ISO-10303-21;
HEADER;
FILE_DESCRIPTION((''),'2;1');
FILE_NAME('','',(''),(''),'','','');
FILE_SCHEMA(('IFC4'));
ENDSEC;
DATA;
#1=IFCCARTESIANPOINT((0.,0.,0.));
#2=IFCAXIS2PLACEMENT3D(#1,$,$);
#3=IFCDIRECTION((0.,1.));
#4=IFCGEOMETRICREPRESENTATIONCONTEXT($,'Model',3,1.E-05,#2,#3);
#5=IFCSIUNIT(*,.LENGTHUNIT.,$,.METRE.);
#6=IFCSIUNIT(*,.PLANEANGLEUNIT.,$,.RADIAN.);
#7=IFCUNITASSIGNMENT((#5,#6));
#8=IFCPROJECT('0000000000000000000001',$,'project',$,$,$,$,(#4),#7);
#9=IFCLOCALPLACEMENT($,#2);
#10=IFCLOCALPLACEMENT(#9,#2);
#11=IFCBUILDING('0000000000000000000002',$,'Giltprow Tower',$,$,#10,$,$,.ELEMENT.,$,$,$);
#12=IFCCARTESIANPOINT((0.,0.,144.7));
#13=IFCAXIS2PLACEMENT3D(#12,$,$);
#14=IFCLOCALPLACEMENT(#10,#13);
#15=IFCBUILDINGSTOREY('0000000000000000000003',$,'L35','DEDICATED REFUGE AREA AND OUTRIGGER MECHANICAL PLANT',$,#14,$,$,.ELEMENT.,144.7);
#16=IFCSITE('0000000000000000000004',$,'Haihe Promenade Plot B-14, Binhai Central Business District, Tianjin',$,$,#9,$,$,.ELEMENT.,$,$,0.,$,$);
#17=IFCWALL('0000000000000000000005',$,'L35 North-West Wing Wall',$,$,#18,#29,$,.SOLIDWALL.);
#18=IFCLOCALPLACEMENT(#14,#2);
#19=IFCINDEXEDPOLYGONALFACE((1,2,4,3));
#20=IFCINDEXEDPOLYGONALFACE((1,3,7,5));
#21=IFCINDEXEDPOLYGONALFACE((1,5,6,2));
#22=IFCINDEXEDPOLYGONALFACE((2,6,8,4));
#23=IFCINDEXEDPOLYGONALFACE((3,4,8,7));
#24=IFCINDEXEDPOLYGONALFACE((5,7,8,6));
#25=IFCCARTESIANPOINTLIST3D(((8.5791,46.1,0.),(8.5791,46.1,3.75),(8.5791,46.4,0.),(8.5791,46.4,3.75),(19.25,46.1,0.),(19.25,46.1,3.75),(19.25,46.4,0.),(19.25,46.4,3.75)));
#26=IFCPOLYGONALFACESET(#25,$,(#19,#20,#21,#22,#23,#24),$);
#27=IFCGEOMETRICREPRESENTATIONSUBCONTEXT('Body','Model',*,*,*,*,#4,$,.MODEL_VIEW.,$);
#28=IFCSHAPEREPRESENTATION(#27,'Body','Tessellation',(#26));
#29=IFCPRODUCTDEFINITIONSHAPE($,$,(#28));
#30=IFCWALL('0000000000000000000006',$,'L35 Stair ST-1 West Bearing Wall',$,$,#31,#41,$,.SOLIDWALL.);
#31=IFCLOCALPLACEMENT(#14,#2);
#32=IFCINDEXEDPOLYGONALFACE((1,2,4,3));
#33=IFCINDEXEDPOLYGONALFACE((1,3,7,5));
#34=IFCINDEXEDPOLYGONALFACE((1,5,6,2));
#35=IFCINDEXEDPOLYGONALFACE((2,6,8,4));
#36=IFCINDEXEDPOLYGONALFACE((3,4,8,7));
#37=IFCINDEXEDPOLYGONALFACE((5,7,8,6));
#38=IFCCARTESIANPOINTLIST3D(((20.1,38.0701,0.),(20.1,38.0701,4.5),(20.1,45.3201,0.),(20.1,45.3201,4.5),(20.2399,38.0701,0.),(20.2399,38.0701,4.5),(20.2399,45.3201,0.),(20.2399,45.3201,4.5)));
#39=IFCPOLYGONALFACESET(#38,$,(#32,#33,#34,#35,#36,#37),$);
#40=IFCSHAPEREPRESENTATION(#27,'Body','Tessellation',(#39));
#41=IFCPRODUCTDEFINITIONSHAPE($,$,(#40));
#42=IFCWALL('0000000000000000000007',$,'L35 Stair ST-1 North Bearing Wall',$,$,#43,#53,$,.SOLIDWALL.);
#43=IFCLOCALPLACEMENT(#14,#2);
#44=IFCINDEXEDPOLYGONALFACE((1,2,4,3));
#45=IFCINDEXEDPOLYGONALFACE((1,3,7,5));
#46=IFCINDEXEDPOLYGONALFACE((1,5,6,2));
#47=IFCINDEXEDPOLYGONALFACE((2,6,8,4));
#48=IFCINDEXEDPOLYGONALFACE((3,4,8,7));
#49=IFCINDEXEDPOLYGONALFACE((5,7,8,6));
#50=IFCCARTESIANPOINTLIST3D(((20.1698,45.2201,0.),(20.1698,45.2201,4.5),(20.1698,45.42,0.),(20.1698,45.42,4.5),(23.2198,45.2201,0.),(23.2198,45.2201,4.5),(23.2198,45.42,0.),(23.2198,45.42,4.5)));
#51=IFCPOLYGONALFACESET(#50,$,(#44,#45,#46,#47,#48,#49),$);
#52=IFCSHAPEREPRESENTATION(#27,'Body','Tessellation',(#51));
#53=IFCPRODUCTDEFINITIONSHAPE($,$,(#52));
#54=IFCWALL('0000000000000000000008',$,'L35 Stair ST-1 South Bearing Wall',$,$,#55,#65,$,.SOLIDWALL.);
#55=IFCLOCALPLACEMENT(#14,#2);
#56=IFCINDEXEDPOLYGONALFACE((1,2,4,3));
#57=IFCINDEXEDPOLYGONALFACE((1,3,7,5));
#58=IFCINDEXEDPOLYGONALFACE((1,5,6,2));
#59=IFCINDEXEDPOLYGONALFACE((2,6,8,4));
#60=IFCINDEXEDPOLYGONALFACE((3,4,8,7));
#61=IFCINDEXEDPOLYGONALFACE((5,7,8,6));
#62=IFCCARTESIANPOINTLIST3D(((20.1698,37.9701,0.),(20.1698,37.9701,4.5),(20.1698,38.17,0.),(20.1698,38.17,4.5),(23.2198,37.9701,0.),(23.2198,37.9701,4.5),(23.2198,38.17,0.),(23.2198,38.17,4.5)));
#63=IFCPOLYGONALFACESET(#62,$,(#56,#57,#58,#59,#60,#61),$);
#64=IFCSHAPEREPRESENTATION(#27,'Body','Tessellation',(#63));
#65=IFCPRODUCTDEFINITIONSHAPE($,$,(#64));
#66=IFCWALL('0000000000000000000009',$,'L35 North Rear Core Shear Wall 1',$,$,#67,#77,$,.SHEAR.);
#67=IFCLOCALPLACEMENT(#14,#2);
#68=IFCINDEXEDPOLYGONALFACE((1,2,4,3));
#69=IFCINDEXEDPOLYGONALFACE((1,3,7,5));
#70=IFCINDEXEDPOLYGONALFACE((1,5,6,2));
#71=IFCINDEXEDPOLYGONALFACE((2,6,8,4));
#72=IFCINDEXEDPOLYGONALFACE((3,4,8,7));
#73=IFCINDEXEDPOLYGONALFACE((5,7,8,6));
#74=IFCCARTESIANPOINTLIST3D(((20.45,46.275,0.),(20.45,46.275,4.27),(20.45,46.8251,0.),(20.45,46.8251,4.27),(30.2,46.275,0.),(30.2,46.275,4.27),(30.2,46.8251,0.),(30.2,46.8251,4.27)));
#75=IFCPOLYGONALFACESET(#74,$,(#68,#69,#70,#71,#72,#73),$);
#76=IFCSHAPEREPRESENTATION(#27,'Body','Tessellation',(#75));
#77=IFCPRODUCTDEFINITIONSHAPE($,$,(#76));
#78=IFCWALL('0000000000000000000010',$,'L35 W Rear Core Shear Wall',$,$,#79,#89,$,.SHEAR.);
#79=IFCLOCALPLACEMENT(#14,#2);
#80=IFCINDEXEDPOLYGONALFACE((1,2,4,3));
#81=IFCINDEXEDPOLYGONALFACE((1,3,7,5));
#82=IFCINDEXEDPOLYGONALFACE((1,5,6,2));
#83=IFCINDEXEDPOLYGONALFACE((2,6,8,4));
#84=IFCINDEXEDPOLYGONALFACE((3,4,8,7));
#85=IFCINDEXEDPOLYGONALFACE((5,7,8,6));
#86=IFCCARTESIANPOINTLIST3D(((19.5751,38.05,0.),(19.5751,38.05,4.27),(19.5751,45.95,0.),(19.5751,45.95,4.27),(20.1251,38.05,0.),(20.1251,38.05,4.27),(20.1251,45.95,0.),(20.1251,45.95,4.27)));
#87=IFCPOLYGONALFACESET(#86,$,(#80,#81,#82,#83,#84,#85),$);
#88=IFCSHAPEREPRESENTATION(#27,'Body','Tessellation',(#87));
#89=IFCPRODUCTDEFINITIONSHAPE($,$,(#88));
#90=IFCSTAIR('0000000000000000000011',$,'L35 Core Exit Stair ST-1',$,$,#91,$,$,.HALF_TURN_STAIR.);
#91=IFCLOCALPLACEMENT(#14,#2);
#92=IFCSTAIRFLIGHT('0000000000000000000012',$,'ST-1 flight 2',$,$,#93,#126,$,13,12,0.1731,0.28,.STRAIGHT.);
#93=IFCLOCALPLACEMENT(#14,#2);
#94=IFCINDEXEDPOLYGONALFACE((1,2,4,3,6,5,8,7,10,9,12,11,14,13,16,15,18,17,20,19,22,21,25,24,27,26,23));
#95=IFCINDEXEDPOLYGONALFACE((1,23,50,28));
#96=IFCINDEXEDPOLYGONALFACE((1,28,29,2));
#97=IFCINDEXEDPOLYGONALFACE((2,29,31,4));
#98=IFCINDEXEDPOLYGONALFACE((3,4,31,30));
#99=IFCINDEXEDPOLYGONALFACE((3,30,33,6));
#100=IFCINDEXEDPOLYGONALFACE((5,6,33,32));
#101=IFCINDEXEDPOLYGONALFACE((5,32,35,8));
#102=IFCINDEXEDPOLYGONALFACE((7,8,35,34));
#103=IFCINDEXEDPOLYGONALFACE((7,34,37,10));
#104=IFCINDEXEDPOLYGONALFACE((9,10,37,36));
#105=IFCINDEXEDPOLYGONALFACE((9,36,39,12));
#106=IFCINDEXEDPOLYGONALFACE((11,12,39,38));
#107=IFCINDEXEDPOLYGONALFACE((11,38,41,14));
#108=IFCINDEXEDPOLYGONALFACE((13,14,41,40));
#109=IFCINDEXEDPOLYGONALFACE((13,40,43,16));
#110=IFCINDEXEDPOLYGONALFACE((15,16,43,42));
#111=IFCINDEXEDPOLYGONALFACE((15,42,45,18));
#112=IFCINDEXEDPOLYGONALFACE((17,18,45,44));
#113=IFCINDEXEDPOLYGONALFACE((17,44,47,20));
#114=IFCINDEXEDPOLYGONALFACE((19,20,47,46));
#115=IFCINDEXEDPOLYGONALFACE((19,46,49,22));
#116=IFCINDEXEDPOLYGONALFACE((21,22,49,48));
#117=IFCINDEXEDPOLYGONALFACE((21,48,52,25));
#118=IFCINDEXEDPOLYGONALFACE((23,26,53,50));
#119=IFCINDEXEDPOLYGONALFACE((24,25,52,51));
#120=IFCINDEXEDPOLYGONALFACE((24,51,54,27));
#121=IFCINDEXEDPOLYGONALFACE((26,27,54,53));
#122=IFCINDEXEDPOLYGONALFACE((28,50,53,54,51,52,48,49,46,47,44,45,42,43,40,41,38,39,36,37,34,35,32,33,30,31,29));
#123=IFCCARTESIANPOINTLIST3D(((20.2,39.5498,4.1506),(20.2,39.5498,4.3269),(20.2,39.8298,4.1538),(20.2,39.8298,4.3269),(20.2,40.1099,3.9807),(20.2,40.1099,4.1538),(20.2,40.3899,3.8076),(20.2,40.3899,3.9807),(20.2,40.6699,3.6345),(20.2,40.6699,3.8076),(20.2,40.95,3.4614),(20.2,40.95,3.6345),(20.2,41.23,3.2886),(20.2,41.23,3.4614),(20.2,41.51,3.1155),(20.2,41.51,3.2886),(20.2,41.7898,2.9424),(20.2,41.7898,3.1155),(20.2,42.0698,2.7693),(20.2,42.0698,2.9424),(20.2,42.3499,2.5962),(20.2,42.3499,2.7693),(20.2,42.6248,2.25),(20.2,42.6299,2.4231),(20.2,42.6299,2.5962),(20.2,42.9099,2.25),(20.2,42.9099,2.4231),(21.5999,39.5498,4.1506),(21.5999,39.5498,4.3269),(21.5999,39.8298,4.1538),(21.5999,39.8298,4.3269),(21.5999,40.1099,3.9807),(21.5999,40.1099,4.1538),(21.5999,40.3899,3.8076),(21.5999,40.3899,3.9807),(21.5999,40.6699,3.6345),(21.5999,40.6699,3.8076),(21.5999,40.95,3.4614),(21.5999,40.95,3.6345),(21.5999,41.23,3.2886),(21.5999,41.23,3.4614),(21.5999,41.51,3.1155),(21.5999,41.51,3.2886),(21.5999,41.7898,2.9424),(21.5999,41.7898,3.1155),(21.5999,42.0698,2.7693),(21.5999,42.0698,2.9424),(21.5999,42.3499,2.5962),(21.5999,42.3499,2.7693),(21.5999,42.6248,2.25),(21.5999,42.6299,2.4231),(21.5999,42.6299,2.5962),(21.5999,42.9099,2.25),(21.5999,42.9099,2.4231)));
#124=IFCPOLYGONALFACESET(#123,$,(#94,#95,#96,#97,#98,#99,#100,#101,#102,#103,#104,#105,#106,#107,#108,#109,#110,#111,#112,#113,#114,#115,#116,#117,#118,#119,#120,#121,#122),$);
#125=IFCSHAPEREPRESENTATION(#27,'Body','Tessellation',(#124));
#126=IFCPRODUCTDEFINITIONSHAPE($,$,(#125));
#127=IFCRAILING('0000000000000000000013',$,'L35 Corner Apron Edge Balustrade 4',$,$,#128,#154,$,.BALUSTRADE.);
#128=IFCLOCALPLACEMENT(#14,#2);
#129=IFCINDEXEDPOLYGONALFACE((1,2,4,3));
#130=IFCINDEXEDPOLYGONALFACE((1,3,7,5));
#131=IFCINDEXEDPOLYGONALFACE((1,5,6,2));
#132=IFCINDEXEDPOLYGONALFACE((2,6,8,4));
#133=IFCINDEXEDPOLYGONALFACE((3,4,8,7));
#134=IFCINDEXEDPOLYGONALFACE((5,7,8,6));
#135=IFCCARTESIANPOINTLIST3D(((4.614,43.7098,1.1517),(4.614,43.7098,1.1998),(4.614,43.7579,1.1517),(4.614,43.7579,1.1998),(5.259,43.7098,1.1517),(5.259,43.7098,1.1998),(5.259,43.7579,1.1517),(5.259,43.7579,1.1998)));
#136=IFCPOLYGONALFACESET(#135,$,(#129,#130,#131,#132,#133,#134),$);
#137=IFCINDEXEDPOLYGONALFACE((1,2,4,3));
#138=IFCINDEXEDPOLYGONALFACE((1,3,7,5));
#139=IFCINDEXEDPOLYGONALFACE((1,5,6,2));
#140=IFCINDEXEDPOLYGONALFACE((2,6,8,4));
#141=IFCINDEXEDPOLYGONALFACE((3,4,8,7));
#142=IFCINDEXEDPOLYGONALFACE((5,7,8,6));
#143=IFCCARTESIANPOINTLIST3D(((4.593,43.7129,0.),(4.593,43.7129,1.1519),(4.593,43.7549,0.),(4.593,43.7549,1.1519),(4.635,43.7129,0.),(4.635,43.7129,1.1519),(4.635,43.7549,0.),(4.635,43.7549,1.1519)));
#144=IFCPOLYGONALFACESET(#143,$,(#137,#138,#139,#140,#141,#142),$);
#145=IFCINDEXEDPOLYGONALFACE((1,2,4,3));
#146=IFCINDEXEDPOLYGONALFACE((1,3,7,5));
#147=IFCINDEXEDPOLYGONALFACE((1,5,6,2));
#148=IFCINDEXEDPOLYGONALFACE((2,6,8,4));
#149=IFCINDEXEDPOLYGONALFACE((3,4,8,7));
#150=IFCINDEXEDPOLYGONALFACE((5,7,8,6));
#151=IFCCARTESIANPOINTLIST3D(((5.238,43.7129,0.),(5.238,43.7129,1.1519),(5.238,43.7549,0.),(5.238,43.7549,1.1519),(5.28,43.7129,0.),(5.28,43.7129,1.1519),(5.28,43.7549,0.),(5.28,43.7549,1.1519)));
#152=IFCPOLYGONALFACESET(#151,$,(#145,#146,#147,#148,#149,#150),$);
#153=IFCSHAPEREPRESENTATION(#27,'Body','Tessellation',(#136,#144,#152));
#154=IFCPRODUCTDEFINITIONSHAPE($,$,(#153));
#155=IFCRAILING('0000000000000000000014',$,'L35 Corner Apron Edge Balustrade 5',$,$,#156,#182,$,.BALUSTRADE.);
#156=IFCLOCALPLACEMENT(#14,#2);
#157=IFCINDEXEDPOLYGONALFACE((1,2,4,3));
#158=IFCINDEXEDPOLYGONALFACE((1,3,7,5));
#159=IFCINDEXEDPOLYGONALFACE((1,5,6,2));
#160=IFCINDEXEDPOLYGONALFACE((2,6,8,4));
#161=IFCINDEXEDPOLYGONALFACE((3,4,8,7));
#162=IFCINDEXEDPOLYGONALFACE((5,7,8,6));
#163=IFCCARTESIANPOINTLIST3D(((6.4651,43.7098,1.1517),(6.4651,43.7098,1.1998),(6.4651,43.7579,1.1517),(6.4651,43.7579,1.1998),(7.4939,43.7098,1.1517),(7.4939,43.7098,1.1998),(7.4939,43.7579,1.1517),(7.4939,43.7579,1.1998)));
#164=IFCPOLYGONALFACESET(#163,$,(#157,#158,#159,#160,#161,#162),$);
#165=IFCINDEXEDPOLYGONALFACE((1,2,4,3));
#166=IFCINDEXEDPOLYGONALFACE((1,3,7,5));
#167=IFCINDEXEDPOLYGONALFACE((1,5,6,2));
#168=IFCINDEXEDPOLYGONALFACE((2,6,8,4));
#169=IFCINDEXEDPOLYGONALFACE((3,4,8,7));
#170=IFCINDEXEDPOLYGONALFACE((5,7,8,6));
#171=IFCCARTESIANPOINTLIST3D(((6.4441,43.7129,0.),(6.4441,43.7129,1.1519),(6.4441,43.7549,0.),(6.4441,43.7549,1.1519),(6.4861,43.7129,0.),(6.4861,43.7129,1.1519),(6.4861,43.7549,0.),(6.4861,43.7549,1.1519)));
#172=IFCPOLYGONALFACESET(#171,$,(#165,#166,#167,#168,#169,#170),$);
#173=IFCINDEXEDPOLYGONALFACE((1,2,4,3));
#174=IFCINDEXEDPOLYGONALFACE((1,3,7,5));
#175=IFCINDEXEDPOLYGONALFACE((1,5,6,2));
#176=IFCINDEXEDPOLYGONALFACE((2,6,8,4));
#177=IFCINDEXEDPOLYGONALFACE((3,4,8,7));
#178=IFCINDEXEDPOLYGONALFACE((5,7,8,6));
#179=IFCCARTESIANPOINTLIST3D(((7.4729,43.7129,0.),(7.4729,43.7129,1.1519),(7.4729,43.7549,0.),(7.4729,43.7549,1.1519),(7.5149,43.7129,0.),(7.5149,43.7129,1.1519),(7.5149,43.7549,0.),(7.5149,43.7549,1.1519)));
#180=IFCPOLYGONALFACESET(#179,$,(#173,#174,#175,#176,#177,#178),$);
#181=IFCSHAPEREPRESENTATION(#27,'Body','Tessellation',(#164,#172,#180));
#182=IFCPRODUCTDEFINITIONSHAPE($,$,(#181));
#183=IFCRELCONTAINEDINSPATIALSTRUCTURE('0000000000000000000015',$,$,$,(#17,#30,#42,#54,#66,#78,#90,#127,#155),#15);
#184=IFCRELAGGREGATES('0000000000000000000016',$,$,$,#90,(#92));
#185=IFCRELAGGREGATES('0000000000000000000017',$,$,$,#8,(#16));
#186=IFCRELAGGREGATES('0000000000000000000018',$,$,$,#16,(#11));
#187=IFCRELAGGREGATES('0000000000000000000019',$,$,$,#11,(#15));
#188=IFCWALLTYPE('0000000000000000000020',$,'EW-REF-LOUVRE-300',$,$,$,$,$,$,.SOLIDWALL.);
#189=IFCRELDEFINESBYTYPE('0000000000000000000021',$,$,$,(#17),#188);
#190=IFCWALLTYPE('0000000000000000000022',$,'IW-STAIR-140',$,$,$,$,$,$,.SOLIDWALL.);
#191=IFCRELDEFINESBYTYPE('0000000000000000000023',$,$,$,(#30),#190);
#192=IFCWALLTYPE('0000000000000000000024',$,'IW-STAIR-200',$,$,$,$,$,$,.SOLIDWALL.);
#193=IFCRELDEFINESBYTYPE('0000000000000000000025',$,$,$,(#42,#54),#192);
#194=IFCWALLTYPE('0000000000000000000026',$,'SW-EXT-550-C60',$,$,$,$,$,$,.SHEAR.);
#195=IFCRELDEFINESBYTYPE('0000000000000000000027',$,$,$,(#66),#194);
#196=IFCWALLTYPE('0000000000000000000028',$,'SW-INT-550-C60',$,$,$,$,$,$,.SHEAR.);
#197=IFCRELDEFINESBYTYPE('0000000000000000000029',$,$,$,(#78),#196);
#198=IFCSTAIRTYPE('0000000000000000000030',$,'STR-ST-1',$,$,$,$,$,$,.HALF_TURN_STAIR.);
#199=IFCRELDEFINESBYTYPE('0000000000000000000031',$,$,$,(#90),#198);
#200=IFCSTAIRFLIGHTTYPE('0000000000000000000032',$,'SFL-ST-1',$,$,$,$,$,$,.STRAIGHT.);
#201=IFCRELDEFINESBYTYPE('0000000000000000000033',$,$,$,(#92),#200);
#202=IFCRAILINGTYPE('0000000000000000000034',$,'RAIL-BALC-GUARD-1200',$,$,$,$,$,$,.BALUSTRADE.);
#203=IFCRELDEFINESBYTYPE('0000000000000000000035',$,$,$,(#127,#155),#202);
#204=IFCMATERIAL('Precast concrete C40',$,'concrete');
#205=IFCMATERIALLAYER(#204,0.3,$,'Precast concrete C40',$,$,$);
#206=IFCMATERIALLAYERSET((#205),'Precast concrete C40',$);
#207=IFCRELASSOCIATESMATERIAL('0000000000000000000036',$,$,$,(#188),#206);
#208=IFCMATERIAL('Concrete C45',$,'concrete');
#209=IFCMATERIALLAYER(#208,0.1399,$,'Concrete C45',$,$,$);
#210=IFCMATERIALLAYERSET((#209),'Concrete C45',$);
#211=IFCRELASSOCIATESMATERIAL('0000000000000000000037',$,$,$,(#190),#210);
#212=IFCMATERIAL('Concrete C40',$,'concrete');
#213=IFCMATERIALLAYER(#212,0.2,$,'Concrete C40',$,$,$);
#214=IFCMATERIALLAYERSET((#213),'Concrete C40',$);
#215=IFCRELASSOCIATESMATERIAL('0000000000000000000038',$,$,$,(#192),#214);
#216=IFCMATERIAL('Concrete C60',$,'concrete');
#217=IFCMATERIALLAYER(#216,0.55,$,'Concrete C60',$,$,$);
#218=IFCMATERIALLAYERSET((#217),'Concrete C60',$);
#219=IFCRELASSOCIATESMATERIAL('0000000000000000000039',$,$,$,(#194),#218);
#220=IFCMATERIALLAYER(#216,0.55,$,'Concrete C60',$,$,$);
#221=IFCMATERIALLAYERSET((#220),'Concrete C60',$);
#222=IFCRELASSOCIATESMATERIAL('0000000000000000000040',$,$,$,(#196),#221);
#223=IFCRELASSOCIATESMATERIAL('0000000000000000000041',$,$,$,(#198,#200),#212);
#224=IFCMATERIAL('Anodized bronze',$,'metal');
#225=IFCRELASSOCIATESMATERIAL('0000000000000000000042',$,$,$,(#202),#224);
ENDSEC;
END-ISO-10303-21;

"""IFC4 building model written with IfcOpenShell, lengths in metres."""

from ifc_helpers import new_model, si_unit, direction, frame, frame_2d, origin, origin_2d, place, context, subcontext, project, spatial, polyline, rectangle, outline, extrude, material, layer, layer_set, type_object, element, aggregate, save


model = new_model("IFC4")

# Units and contexts
model_context = context("Model", 3, precision=1e-05, world=origin(), true_north=direction((0.0, 1.0)))
body_context = subcontext(model_context, "Body", "Model", "MODEL_VIEW")
ifc_project = project(units=[si_unit("LENGTHUNIT", "METRE"), si_unit("PLANEANGLEUNIT", "RADIAN")], contexts=[model_context])

# Site, building, storey
site_placement = place(None, origin())
site = spatial("IfcSite", under=ifc_project, at=site_placement, Name="Haihe Promenade Plot B-14, Binhai Central Business District, Tianjin", CompositionType="ELEMENT", RefElevation=0.0)
building_placement = place(site_placement, origin())
building = spatial("IfcBuilding", under=site, at=building_placement, Name="Giltprow Tower", CompositionType="ELEMENT")
storey_placement = place(building_placement, frame((0.0, 0.0, 144.7)))
storey = spatial("IfcBuildingStorey", under=building, at=storey_placement, Name="L35", Description="DEDICATED REFUGE AREA AND OUTRIGGER MECHANICAL PLANT", CompositionType="ELEMENT", Elevation=144.7)

# Shared definitions
ifc_material_1 = material(Name="Concrete C60", Category="concrete")

# Walls
ifc_material_2 = material(Name="Precast concrete C40", Category="concrete")
ifc_layer_1 = layer(ifc_material_2, 0.3, Name="Precast concrete C40")
ifc_layer_set_1 = layer_set([ifc_layer_1], Name="Precast concrete C40")
wall_type_1 = type_object("IfcWallType", Name="EW-REF-LOUVRE-300", PredefinedType="SOLIDWALL", material=ifc_layer_set_1)
wall_1_placement = place(storey_placement, frame((8.5791, 46.25, 0.0), z_axis=(0.0, 0.0, 1.0), x_axis=(1.0, 0.0, 0.0)))
element("IfcWall", 1, at=wall_1_placement, inside=storey, type_object=wall_type_1, Name="L35 North-West Wing Wall", PredefinedType="SOLIDWALL", context=body_context, shape_type="SweptSolid", body=[
    extrude(rectangle(XDim=10.6709, YDim=0.3, at=frame_2d((5.3354, 0.0))), origin(), (0.0, 0.0, 1.0), 3.75),
])
ifc_material_3 = material(Name="Concrete C45", Category="concrete")
ifc_layer_2 = layer(ifc_material_3, 0.1399, Name="Concrete C45")
ifc_layer_set_2 = layer_set([ifc_layer_2], Name="Concrete C45")
wall_type_2 = type_object("IfcWallType", Name="IW-STAIR-140", PredefinedType="SOLIDWALL", material=ifc_layer_set_2)
wall_2_placement = place(storey_placement, frame((20.1699, 38.0701, 0.0), z_axis=(0.0, 0.0, 1.0), x_axis=(0.0, 1.0, 0.0)))
element("IfcWall", 2, at=wall_2_placement, inside=storey, type_object=wall_type_2, Name="L35 Stair ST-1 West Bearing Wall", PredefinedType="SOLIDWALL", context=body_context, shape_type="SweptSolid", body=[
    extrude(rectangle(XDim=7.25, YDim=0.1399, at=frame_2d((3.625, 0.0))), origin(), (0.0, 0.0, 1.0), 4.5),
])
ifc_material_4 = material(Name="Concrete C40", Category="concrete")
ifc_layer_3 = layer(ifc_material_4, 0.2, Name="Concrete C40")
ifc_layer_set_3 = layer_set([ifc_layer_3], Name="Concrete C40")
wall_type_3 = type_object("IfcWallType", Name="IW-STAIR-200", PredefinedType="SOLIDWALL", material=ifc_layer_set_3)
for number, where, z_axis, x_axis, name in (
    (3, (20.1699, 45.3201, 0.0), (0.0, 0.0, 1.0), (1.0, 0.0, 0.0), "L35 Stair ST-1 North Bearing Wall"),
    (4, (20.1699, 38.0701, 0.0), (0.0, 0.0, 1.0), (1.0, 0.0, 0.0), "L35 Stair ST-1 South Bearing Wall"),
):
    element("IfcWall", number, at=place(storey_placement, frame(where, z_axis=z_axis, x_axis=x_axis)), inside=storey, type_object=wall_type_3, Name=name, PredefinedType="SOLIDWALL", context=body_context, shape_type="SweptSolid", body=[
        extrude(rectangle(XDim=3.05, YDim=0.2, at=frame_2d((1.5249, 0.0))), origin(), (0.0, 0.0, 1.0), 4.5),
    ])
ifc_layer_4 = layer(ifc_material_1, 0.55, Name="Concrete C60")
ifc_layer_set_4 = layer_set([ifc_layer_4], Name="Concrete C60")
wall_type_4 = type_object("IfcWallType", Name="SW-EXT-550-C60", PredefinedType="SHEAR", material=ifc_layer_set_4)
wall_3_placement = place(storey_placement, frame((20.45, 46.55, 0.0), z_axis=(0.0, 0.0, 1.0), x_axis=(1.0, 0.0, 0.0)))
element("IfcWall", 5, at=wall_3_placement, inside=storey, type_object=wall_type_4, Name="L35 North Rear Core Shear Wall 1", PredefinedType="SHEAR", context=body_context, shape_type="SweptSolid", body=[
    extrude(rectangle(XDim=9.75, YDim=0.55, at=frame_2d((4.875, 0.0))), origin(), (0.0, 0.0, 1.0), 4.27),
])

# Shared definitions
ifc_layer_5 = layer(ifc_material_1, 0.55, Name="Concrete C60")
ifc_layer_set_5 = layer_set([ifc_layer_5], Name="Concrete C60")
wall_type_5 = type_object("IfcWallType", Name="SW-INT-550-C60", PredefinedType="SHEAR", material=ifc_layer_set_5)

# Wall
wall_4_placement = place(storey_placement, frame((19.8501, 38.05, 0.0), z_axis=(0.0, 0.0, 1.0), x_axis=(0.0, 1.0, 0.0)))
element("IfcWall", 6, at=wall_4_placement, inside=storey, type_object=wall_type_5, Name="L35 W Rear Core Shear Wall", PredefinedType="SHEAR", context=body_context, shape_type="SweptSolid", body=[
    extrude(rectangle(XDim=7.8999, YDim=0.55, at=frame_2d((3.95, 0.0))), origin(), (0.0, 0.0, 1.0), 4.27),
])

# Stair, stair flight
stair_type = type_object("IfcStairType", Name="STR-ST-1", PredefinedType="HALF_TURN_STAIR", material=ifc_material_4)
stair_placement = place(storey_placement, origin())
stair = element("IfcStair", 7, at=stair_placement, inside=storey, type_object=stair_type, Name="L35 Core Exit Stair ST-1", PredefinedType="HALF_TURN_STAIR")
stair_flight_type = type_object("IfcStairFlightType", Name="SFL-ST-1", PredefinedType="STRAIGHT", material=ifc_material_4)
stair_flight_placement = place(storey_placement, frame((20.8999, 42.9099, 2.25), z_axis=(0.0, 0.0, 1.0), x_axis=(0.0, -1.0, 0.0)))
stair_flight = element("IfcStairFlight", 8, at=stair_flight_placement, type_object=stair_flight_type, Name="ST-1 flight 2", NumberOfRisers=13, NumberOfTreads=12, PredefinedType="STRAIGHT", RiserHeight=0.1731, TreadLength=0.28, context=body_context, shape_type="SweptSolid", body=[
    extrude(outline(polyline([(0.0, 0.0), (0.0, 0.1731), (0.28, 0.1731), (0.28, 0.3462), (0.5601, 0.3462), (0.5601, 0.5193), (0.8401, 0.5193), (0.8401, 0.6924), (1.1201, 0.6924), (1.1201, 0.8655), (1.3999, 0.8655), (1.3999, 1.0386), (1.6799, 1.0386), (1.6799, 1.2114), (1.96, 1.2114), (1.96, 1.3845), (2.24, 1.3845), (2.24, 1.5576), (2.52, 1.5576), (2.52, 1.7307), (2.8, 1.7307), (2.8, 1.9038), (3.0801, 1.9038), (3.0801, 2.0769), (3.3601, 2.0769), (3.3601, 2.25), (3.3601, 1.9006), (0.2852, 0.0), (0.0, 0.0)])), frame((0.0, 0.7, 0.0), z_axis=(0.0, -1.0, 0.0), x_axis=(1.0, 0.0, 0.0)), (0.0, 0.0, 1.0), 1.3999),
])
aggregate(stair, [stair_flight])

# Railings
ifc_material_5 = material(Name="Anodized bronze", Category="metal")
railing_type_1 = type_object("IfcRailingType", Name="RAIL-BALC-GUARD-1200", PredefinedType="BALUSTRADE", material=ifc_material_5)
railing_1_placement = place(storey_placement, frame((4.614, 43.7339, 0.0)))
element("IfcRailing", 9, at=railing_1_placement, inside=storey, type_object=railing_type_1, Name="L35 Corner Apron Edge Balustrade 4", PredefinedType="BALUSTRADE", context=body_context, shape_type="SweptSolid", body=[
    extrude(rectangle(XDim=0.0481, YDim=0.0481, at=origin_2d()), frame((0.0, 0.0, 1.1758), z_axis=(1.0, 0.0, 0.0), x_axis=(0.0, 1.0, 0.0)), (0.0, 0.0, 1.0), 0.645),
    extrude(rectangle(XDim=0.042, YDim=0.042, at=origin_2d()), origin(), (0.0, 0.0, 1.0), 1.1519),
    extrude(rectangle(XDim=0.042, YDim=0.042, at=origin_2d()), frame((0.645, 0.0, 0.0)), (0.0, 0.0, 1.0), 1.1519),
])
railing_2_placement = place(storey_placement, frame((6.4651, 43.7339, 0.0)))
element("IfcRailing", 10, at=railing_2_placement, inside=storey, type_object=railing_type_1, Name="L35 Corner Apron Edge Balustrade 5", PredefinedType="BALUSTRADE", context=body_context, shape_type="SweptSolid", body=[
    extrude(rectangle(XDim=0.0481, YDim=0.0481, at=origin_2d()), frame((0.0, 0.0, 1.1758), z_axis=(1.0, 0.0, 0.0), x_axis=(0.0, 1.0, 0.0)), (0.0, 0.0, 1.0), 1.0288),
    extrude(rectangle(XDim=0.042, YDim=0.042, at=origin_2d()), origin(), (0.0, 0.0, 1.0), 1.1519),
    extrude(rectangle(XDim=0.042, YDim=0.042, at=origin_2d()), frame((1.0288, 0.0, 0.0)), (0.0, 0.0, 1.0), 1.1519),
])

save(model, "model.ifc")
